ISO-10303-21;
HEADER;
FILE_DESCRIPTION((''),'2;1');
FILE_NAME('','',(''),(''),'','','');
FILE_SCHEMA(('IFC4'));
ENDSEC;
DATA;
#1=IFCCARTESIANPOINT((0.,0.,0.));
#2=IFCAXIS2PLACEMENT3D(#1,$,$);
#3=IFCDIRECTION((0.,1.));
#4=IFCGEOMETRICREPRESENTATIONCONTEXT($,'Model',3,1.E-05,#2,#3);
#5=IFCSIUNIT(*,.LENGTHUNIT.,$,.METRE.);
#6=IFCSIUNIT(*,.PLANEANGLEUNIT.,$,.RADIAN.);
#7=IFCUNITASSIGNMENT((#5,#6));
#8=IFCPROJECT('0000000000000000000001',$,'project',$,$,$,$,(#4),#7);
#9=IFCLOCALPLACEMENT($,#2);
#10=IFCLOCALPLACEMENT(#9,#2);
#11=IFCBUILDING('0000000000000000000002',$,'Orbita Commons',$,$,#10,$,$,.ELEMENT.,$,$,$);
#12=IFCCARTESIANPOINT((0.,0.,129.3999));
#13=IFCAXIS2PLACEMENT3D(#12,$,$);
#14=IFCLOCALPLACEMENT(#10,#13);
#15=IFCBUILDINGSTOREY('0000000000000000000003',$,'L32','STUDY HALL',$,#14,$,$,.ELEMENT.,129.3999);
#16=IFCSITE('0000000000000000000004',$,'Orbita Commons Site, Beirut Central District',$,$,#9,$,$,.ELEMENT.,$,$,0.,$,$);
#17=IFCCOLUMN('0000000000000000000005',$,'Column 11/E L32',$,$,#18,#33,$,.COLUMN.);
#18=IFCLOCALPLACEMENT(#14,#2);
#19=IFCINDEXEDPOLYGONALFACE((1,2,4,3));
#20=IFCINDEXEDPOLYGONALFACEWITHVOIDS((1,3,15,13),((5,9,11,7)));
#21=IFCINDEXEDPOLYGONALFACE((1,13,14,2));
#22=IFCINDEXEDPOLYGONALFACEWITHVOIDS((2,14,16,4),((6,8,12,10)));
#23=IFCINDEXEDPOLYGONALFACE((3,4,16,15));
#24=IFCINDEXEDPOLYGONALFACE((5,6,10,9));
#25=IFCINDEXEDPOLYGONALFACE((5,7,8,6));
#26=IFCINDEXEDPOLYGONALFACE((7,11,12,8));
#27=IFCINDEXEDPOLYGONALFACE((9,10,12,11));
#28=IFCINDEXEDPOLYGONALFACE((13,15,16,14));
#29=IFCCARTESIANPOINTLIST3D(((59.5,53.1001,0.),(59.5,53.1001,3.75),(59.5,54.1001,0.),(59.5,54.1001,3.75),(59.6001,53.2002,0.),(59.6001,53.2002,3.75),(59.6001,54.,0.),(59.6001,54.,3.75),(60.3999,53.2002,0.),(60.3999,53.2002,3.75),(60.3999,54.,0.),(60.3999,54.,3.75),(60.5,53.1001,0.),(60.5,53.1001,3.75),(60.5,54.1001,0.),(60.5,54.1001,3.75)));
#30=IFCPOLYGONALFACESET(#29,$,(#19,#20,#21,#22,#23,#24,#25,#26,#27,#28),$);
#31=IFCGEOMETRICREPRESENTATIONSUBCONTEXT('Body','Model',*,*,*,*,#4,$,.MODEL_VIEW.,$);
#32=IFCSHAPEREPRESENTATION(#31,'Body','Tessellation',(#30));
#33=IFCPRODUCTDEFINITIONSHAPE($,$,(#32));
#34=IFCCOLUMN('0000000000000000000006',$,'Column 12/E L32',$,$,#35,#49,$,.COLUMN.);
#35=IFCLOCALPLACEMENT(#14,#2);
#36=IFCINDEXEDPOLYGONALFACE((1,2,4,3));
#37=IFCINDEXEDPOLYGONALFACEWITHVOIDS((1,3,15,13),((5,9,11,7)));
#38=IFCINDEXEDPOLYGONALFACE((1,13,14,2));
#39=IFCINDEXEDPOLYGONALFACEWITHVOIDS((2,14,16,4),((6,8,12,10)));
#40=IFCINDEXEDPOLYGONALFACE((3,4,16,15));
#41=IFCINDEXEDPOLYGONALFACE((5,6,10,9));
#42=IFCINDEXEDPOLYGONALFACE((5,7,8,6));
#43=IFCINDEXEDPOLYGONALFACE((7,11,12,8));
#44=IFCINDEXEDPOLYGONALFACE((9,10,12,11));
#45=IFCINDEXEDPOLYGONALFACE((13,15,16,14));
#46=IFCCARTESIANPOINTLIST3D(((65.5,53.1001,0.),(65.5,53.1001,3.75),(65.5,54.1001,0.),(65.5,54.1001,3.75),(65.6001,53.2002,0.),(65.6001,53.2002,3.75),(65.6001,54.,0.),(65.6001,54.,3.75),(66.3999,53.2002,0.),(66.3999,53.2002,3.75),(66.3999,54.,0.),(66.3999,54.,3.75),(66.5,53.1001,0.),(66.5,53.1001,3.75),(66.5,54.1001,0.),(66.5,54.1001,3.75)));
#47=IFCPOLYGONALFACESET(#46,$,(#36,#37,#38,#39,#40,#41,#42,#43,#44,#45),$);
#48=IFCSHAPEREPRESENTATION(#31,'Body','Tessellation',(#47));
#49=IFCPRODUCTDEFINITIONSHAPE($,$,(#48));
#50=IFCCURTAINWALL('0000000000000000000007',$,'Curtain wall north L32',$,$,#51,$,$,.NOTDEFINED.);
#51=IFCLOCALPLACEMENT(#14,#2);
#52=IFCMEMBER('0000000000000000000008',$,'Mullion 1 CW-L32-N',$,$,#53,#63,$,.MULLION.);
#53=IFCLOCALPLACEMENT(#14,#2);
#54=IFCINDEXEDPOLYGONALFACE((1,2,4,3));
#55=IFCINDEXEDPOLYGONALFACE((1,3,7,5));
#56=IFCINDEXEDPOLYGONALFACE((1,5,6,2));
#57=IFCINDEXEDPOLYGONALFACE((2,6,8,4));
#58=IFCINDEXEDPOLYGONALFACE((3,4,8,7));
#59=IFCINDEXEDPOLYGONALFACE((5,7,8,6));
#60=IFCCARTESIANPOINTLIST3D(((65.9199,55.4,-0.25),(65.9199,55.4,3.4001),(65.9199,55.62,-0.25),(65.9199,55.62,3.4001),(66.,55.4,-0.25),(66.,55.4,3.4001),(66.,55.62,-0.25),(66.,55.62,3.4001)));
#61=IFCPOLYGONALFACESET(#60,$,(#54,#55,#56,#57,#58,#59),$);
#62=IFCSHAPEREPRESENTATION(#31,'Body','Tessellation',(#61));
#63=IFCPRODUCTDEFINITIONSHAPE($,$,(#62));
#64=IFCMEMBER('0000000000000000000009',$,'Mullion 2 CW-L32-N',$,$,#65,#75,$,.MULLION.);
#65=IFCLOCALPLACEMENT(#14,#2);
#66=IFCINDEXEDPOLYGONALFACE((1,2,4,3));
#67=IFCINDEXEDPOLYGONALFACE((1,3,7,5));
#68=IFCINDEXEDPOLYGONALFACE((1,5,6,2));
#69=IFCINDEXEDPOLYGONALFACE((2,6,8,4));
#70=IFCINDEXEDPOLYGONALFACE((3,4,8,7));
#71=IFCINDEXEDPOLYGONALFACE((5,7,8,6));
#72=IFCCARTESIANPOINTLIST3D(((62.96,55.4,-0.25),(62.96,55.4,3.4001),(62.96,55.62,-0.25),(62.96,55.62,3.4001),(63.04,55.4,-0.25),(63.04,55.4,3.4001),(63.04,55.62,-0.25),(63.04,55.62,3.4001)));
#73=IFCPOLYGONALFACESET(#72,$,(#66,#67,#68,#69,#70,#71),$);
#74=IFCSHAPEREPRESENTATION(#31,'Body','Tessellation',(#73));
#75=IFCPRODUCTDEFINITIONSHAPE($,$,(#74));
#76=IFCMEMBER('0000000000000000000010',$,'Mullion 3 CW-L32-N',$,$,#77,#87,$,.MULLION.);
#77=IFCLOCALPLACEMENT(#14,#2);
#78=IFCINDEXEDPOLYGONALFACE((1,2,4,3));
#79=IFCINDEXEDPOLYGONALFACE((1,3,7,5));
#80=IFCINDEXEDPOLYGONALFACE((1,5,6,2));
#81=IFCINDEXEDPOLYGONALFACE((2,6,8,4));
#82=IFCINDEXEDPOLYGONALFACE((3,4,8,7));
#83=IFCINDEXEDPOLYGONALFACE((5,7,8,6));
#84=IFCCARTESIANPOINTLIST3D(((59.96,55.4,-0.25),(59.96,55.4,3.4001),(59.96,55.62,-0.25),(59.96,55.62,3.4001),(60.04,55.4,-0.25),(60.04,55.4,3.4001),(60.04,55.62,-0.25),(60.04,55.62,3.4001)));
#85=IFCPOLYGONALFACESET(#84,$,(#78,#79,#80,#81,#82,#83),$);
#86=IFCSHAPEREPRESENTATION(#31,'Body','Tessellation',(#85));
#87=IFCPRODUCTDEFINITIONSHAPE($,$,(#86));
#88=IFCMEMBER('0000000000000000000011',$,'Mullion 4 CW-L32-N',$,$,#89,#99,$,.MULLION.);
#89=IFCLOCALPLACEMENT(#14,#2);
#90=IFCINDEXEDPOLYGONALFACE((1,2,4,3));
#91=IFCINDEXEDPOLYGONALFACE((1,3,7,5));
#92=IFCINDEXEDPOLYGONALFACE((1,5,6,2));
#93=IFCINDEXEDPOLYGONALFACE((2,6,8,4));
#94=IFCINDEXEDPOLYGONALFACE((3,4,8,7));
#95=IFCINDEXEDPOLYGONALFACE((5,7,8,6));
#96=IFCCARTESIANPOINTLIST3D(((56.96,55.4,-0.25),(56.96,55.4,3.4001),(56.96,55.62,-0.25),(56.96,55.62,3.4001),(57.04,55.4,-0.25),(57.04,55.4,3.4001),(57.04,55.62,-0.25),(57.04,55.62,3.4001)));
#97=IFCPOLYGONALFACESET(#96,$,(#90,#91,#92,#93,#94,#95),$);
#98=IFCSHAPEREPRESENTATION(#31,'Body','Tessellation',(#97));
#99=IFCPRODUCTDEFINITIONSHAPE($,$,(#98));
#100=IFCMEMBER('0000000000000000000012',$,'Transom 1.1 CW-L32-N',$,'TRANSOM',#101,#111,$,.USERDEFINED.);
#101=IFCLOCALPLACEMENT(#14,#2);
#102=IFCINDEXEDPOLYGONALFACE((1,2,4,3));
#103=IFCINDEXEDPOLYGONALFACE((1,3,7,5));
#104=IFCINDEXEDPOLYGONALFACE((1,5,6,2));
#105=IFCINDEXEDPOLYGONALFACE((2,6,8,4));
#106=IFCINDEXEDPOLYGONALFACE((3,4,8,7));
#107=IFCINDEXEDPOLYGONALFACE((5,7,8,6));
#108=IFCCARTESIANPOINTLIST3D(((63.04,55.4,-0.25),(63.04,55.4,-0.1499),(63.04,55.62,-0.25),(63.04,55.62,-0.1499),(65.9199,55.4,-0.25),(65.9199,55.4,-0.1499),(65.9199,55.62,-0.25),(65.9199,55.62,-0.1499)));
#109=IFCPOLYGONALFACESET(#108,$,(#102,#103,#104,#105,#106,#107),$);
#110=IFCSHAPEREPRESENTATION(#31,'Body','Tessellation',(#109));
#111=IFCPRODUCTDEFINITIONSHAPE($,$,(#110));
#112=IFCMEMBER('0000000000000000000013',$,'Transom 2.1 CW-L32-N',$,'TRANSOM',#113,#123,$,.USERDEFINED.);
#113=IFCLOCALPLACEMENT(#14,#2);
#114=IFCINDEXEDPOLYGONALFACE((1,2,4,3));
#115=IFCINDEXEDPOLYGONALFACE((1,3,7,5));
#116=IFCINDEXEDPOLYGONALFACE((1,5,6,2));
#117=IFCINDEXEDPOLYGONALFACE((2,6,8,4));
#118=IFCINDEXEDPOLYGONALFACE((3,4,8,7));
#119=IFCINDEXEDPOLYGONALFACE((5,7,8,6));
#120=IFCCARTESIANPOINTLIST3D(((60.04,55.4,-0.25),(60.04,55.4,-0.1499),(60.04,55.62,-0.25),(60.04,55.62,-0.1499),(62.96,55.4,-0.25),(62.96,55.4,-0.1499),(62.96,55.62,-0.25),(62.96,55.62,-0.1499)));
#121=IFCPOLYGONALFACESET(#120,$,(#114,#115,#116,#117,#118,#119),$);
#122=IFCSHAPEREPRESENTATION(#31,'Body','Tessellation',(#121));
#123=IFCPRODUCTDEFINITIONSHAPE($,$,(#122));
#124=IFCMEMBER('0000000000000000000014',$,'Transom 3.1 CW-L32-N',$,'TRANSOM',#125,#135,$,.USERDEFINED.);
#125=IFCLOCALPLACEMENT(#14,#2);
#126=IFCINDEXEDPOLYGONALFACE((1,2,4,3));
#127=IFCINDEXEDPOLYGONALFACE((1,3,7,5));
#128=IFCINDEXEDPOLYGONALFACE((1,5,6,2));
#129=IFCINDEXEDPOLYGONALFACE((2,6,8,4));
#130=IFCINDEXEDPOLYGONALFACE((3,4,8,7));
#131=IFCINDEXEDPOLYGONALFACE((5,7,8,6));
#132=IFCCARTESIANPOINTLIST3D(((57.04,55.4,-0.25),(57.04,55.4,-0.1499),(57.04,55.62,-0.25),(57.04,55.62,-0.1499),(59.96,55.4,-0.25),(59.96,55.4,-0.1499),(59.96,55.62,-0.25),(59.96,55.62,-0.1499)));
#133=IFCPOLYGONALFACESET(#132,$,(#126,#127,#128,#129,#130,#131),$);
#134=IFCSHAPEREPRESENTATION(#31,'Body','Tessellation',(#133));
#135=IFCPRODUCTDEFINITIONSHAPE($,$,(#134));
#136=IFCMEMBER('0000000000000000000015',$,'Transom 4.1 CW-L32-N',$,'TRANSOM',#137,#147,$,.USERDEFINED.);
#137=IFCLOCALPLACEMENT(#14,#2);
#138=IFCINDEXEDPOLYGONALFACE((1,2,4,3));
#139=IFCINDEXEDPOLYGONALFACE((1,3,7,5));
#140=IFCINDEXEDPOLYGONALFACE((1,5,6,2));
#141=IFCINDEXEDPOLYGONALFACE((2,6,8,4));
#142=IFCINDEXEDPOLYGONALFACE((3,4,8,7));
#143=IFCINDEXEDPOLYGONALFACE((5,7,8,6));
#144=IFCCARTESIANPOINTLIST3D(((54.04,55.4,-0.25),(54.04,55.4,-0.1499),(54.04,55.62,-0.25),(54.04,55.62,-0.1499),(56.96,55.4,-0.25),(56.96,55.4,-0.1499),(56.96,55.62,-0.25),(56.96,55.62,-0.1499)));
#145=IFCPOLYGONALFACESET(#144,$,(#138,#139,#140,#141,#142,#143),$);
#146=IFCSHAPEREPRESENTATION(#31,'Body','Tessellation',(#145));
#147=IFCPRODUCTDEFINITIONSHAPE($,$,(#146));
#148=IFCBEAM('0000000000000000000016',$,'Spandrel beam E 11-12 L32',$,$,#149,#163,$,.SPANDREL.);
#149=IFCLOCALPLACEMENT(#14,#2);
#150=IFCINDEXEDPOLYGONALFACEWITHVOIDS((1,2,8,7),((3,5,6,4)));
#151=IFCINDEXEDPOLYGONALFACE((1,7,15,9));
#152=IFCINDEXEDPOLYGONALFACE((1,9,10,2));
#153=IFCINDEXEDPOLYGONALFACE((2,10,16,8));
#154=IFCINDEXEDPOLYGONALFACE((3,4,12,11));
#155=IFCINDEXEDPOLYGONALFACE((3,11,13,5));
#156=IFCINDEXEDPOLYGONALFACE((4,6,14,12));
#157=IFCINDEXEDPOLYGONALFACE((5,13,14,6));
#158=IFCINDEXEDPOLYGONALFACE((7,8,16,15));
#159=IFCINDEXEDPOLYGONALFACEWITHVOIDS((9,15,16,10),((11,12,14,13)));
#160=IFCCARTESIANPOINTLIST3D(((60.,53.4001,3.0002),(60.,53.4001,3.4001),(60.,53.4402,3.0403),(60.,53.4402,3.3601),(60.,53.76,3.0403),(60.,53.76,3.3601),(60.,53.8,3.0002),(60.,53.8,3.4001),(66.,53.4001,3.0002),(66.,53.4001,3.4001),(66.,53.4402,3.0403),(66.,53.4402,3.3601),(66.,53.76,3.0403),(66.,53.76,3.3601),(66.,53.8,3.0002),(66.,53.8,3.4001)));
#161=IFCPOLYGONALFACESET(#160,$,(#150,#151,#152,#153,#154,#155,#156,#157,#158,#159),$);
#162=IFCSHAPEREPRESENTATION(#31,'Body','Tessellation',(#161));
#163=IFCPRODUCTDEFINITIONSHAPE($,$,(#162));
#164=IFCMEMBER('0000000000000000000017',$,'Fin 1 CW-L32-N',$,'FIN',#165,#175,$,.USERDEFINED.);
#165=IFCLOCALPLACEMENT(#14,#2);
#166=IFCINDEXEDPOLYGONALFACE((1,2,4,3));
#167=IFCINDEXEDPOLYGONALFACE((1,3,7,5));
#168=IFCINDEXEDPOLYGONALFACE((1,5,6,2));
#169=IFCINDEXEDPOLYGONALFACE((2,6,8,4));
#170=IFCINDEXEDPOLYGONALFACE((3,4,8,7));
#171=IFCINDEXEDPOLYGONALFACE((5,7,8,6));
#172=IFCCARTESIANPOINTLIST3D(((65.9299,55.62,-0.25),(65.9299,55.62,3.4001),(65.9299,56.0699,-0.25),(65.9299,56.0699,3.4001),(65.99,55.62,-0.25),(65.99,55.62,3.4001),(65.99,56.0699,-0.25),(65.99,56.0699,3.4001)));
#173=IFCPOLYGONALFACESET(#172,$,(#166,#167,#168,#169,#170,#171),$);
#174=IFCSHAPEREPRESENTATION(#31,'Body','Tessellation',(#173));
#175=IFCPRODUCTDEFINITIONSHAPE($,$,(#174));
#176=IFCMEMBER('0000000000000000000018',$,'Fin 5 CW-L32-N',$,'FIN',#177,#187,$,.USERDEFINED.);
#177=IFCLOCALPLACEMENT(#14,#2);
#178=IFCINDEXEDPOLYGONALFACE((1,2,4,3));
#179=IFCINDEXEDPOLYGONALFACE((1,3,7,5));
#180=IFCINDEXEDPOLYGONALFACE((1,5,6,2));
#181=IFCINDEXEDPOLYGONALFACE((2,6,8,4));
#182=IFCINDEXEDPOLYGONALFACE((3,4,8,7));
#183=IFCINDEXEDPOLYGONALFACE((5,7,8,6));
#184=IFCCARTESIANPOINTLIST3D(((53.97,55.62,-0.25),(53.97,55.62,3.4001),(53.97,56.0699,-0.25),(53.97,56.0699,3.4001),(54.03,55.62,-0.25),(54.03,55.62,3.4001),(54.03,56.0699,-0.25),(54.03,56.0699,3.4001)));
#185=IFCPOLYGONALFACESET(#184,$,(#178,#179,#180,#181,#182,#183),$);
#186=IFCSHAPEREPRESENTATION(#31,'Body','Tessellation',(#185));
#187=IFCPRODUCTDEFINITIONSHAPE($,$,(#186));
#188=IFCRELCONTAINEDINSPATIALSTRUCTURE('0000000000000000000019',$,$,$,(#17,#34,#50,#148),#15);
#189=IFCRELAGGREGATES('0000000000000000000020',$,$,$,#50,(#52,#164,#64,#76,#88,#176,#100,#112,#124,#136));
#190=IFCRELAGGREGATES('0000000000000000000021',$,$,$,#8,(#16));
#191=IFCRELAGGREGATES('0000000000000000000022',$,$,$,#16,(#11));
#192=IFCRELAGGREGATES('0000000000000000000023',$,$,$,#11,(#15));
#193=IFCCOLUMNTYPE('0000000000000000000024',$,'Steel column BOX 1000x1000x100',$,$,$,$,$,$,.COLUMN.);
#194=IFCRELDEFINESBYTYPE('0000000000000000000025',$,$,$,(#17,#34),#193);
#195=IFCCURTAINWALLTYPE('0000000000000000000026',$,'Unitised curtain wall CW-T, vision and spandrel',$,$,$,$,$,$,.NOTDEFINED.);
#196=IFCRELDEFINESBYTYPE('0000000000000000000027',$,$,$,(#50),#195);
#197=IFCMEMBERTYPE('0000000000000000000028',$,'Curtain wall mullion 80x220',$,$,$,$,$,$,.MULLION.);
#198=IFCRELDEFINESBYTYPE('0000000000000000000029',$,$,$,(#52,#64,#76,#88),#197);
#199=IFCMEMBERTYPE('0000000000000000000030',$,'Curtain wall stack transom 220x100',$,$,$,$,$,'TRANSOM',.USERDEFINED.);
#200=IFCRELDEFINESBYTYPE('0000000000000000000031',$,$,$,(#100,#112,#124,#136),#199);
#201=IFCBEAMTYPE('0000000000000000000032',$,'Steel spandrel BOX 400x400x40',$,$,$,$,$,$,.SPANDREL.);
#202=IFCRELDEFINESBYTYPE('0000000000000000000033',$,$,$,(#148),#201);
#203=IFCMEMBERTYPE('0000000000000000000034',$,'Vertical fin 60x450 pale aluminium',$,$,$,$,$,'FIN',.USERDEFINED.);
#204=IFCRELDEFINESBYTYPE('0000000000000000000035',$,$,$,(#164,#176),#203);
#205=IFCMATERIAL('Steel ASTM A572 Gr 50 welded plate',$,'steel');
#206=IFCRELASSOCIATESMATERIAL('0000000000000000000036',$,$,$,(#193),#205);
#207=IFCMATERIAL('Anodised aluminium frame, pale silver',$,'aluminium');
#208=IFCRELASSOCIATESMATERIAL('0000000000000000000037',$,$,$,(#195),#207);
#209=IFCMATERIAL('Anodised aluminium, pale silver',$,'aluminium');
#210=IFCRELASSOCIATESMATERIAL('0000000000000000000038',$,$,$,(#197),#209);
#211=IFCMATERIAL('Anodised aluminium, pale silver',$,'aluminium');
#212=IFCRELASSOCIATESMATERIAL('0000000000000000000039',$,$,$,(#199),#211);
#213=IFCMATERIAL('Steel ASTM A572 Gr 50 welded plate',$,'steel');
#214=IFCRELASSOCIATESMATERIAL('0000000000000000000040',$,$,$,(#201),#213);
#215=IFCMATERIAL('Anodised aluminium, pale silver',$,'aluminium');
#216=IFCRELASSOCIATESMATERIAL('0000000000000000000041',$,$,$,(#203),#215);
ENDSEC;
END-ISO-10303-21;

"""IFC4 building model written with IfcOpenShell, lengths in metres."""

from ifc_helpers import new_model, si_unit, direction, frame, origin, origin_2d, place, context, subcontext, project, spatial, rectangle, hollow_rectangle, extrude, material, material_profile, profile_set, type_object, element, aggregate, save


model = new_model("IFC4")

# Units and contexts
model_context = context("Model", 3, precision=1e-05, world=origin(), true_north=direction((0.0, 1.0)))
body_context = subcontext(model_context, "Body", "Model", "MODEL_VIEW")
ifc_project = project(units=[si_unit("LENGTHUNIT", "METRE"), si_unit("PLANEANGLEUNIT", "RADIAN")], contexts=[model_context])

# Site, building, storey
site_placement = place(None, origin())
site = spatial("IfcSite", under=ifc_project, at=site_placement, Name="Orbita Commons Site, Beirut Central District", CompositionType="ELEMENT", RefElevation=0.0)
building_placement = place(site_placement, origin())
building = spatial("IfcBuilding", under=site, at=building_placement, Name="Orbita Commons", CompositionType="ELEMENT")
storey_placement = place(building_placement, frame((0.0, 0.0, 129.3999)))
storey = spatial("IfcBuildingStorey", under=building, at=storey_placement, Name="L32", Description="STUDY HALL", CompositionType="ELEMENT", Elevation=129.3999)

# Columns
ifc_material_1 = material(Name="Steel ASTM A572 Gr 50 welded plate", Category="steel")
ifc_material_profile_1 = material_profile(ifc_material_1, hollow_rectangle(XDim=1.0, YDim=1.0, WallThickness=0.1001, at=origin_2d()), Name="BOX 1000x1000x100")
ifc_profile_set_1 = profile_set([ifc_material_profile_1], Name="Steel ASTM A572 Gr 50 welded plate")
column_type = type_object("IfcColumnType", Name="Steel column BOX 1000x1000x100", PredefinedType="COLUMN", material=ifc_profile_set_1)
for number, where, z_axis, x_axis, name in (
    (1, (60.0, 53.6001, 0.0), (0.0, 0.0, 1.0), (1.0, 0.0, 0.0), "Column 11/E L32"),
    (2, (66.0, 53.6001, 0.0), (0.0, 0.0, 1.0), (1.0, 0.0, 0.0), "Column 12/E L32"),
):
    element("IfcColumn", number, at=place(storey_placement, frame(where, z_axis=z_axis, x_axis=x_axis)), inside=storey, type_object=column_type, Name=name, PredefinedType="COLUMN", context=body_context, shape_type="SweptSolid", body=[
        extrude(hollow_rectangle(XDim=1.0, YDim=1.0, WallThickness=0.1001, at=origin_2d()), origin(), (0.0, 0.0, 1.0), 3.75),
    ])

# Curtain wall, members
ifc_material_2 = material(Name="Anodised aluminium frame, pale silver", Category="aluminium")
curtain_wall_type = type_object("IfcCurtainWallType", Name="Unitised curtain wall CW-T, vision and spandrel", PredefinedType="NOTDEFINED", material=ifc_material_2)
curtain_wall_placement = place(storey_placement, origin())
curtain_wall = element("IfcCurtainWall", 3, at=curtain_wall_placement, inside=storey, type_object=curtain_wall_type, Name="Curtain wall north L32", PredefinedType="NOTDEFINED")
ifc_material_3 = material(Name="Anodised aluminium, pale silver", Category="aluminium")
ifc_material_profile_2 = material_profile(ifc_material_3, rectangle(XDim=0.0801, YDim=0.22, at=origin_2d()), Name="AL 80x220")
ifc_profile_set_2 = profile_set([ifc_material_profile_2], Name="Anodised aluminium, pale silver")
member_type_1 = type_object("IfcMemberType", Name="Curtain wall mullion 80x220", PredefinedType="MULLION", material=ifc_profile_set_2)
member_1_placement = place(storey_placement, frame((65.96, 55.51, -0.25), z_axis=(0.0, 0.0, 1.0), x_axis=(-1.0, 0.0, 0.0)))
member_1 = element("IfcMember", 4, at=member_1_placement, type_object=member_type_1, Name="Mullion 1 CW-L32-N", PredefinedType="MULLION", context=body_context, shape_type="SweptSolid", body=[
    extrude(rectangle(XDim=0.0801, YDim=0.22, at=origin_2d()), origin(), (0.0, 0.0, 1.0), 3.6501),
])
member_2_placement = place(storey_placement, frame((63.0, 55.51, -0.25), z_axis=(0.0, 0.0, 1.0), x_axis=(-1.0, 0.0, 0.0)))
member_2 = element("IfcMember", 5, at=member_2_placement, type_object=member_type_1, Name="Mullion 2 CW-L32-N", PredefinedType="MULLION", context=body_context, shape_type="SweptSolid", body=[
    extrude(rectangle(XDim=0.0801, YDim=0.22, at=origin_2d()), origin(), (0.0, 0.0, 1.0), 3.6501),
])
member_3_placement = place(storey_placement, frame((60.0, 55.51, -0.25), z_axis=(0.0, 0.0, 1.0), x_axis=(-1.0, 0.0, 0.0)))
member_3 = element("IfcMember", 6, at=member_3_placement, type_object=member_type_1, Name="Mullion 3 CW-L32-N", PredefinedType="MULLION", context=body_context, shape_type="SweptSolid", body=[
    extrude(rectangle(XDim=0.0801, YDim=0.22, at=origin_2d()), origin(), (0.0, 0.0, 1.0), 3.6501),
])
member_4_placement = place(storey_placement, frame((57.0, 55.51, -0.25), z_axis=(0.0, 0.0, 1.0), x_axis=(-1.0, 0.0, 0.0)))
member_4 = element("IfcMember", 7, at=member_4_placement, type_object=member_type_1, Name="Mullion 4 CW-L32-N", PredefinedType="MULLION", context=body_context, shape_type="SweptSolid", body=[
    extrude(rectangle(XDim=0.0801, YDim=0.22, at=origin_2d()), origin(), (0.0, 0.0, 1.0), 3.6501),
])
ifc_material_4 = material(Name="Anodised aluminium, pale silver", Category="aluminium")
ifc_material_profile_3 = material_profile(ifc_material_4, rectangle(XDim=0.22, YDim=0.1001, at=origin_2d()), Name="AL 220x100")
ifc_profile_set_3 = profile_set([ifc_material_profile_3], Name="Anodised aluminium, pale silver")
member_type_2 = type_object("IfcMemberType", Name="Curtain wall stack transom 220x100", ElementType="TRANSOM", PredefinedType="USERDEFINED", material=ifc_profile_set_3)
member_5_placement = place(storey_placement, frame((65.9199, 55.51, -0.2), z_axis=(-1.0, 0.0, 0.0), x_axis=(0.0, -1.0, 0.0)))
member_5 = element("IfcMember", 8, at=member_5_placement, type_object=member_type_2, Name="Transom 1.1 CW-L32-N", ObjectType="TRANSOM", PredefinedType="USERDEFINED", context=body_context, shape_type="SweptSolid", body=[
    extrude(rectangle(XDim=0.22, YDim=0.1001, at=origin_2d()), origin(), (0.0, 0.0, 1.0), 2.8799),
])
member_6_placement = place(storey_placement, frame((62.96, 55.51, -0.2), z_axis=(-1.0, 0.0, 0.0), x_axis=(0.0, -1.0, 0.0)))
member_6 = element("IfcMember", 9, at=member_6_placement, type_object=member_type_2, Name="Transom 2.1 CW-L32-N", ObjectType="TRANSOM", PredefinedType="USERDEFINED", context=body_context, shape_type="SweptSolid", body=[
    extrude(rectangle(XDim=0.22, YDim=0.1001, at=origin_2d()), origin(), (0.0, 0.0, 1.0), 2.9199),
])
member_7_placement = place(storey_placement, frame((59.96, 55.51, -0.2), z_axis=(-1.0, 0.0, 0.0), x_axis=(0.0, -1.0, 0.0)))
member_7 = element("IfcMember", 10, at=member_7_placement, type_object=member_type_2, Name="Transom 3.1 CW-L32-N", ObjectType="TRANSOM", PredefinedType="USERDEFINED", context=body_context, shape_type="SweptSolid", body=[
    extrude(rectangle(XDim=0.22, YDim=0.1001, at=origin_2d()), origin(), (0.0, 0.0, 1.0), 2.9199),
])
member_8_placement = place(storey_placement, frame((56.96, 55.51, -0.2), z_axis=(-1.0, 0.0, 0.0), x_axis=(0.0, -1.0, 0.0)))
member_8 = element("IfcMember", 11, at=member_8_placement, type_object=member_type_2, Name="Transom 4.1 CW-L32-N", ObjectType="TRANSOM", PredefinedType="USERDEFINED", context=body_context, shape_type="SweptSolid", body=[
    extrude(rectangle(XDim=0.22, YDim=0.1001, at=origin_2d()), origin(), (0.0, 0.0, 1.0), 2.9199),
])

# Beam
ifc_material_5 = material(Name="Steel ASTM A572 Gr 50 welded plate", Category="steel")
ifc_material_profile_4 = material_profile(ifc_material_5, hollow_rectangle(XDim=0.3999, YDim=0.3999, WallThickness=0.04, at=origin_2d()), Name="BOX 400x400x40")
ifc_profile_set_4 = profile_set([ifc_material_profile_4], Name="Steel ASTM A572 Gr 50 welded plate")
beam_type = type_object("IfcBeamType", Name="Steel spandrel BOX 400x400x40", PredefinedType="SPANDREL", material=ifc_profile_set_4)
beam_placement = place(storey_placement, frame((60.0, 53.6001, 3.2002), z_axis=(1.0, 0.0, 0.0), x_axis=(0.0, 1.0, 0.0)))
element("IfcBeam", 12, at=beam_placement, inside=storey, type_object=beam_type, Name="Spandrel beam E 11-12 L32", PredefinedType="SPANDREL", context=body_context, shape_type="SweptSolid", body=[
    extrude(hollow_rectangle(XDim=0.3999, YDim=0.3999, WallThickness=0.04, at=origin_2d()), origin(), (0.0, 0.0, 1.0), 6.0),
])

# Members
ifc_material_6 = material(Name="Anodised aluminium, pale silver", Category="aluminium")
ifc_material_profile_5 = material_profile(ifc_material_6, rectangle(XDim=0.0601, YDim=0.45, at=origin_2d()), Name="FIN 60x450")
ifc_profile_set_5 = profile_set([ifc_material_profile_5], Name="Anodised aluminium, pale silver")
member_type_3 = type_object("IfcMemberType", Name="Vertical fin 60x450 pale aluminium", ElementType="FIN", PredefinedType="USERDEFINED", material=ifc_profile_set_5)
member_9_placement = place(storey_placement, frame((65.96, 55.845, -0.25), z_axis=(0.0, 0.0, 1.0), x_axis=(-1.0, 0.0, 0.0)))
member_9 = element("IfcMember", 13, at=member_9_placement, type_object=member_type_3, Name="Fin 1 CW-L32-N", ObjectType="FIN", PredefinedType="USERDEFINED", context=body_context, shape_type="SweptSolid", body=[
    extrude(rectangle(XDim=0.0601, YDim=0.45, at=origin_2d()), origin(), (0.0, 0.0, 1.0), 3.6501),
])
member_10_placement = place(storey_placement, frame((54.0, 55.845, -0.25), z_axis=(0.0, 0.0, 1.0), x_axis=(-1.0, 0.0, 0.0)))
member_10 = element("IfcMember", 14, at=member_10_placement, type_object=member_type_3, Name="Fin 5 CW-L32-N", ObjectType="FIN", PredefinedType="USERDEFINED", context=body_context, shape_type="SweptSolid", body=[
    extrude(rectangle(XDim=0.0601, YDim=0.45, at=origin_2d()), origin(), (0.0, 0.0, 1.0), 3.6501),
])

aggregate(curtain_wall, [member_1, member_9, member_2, member_3, member_4, member_10, member_5, member_6, member_7, member_8])

save(model, "model.ifc")
